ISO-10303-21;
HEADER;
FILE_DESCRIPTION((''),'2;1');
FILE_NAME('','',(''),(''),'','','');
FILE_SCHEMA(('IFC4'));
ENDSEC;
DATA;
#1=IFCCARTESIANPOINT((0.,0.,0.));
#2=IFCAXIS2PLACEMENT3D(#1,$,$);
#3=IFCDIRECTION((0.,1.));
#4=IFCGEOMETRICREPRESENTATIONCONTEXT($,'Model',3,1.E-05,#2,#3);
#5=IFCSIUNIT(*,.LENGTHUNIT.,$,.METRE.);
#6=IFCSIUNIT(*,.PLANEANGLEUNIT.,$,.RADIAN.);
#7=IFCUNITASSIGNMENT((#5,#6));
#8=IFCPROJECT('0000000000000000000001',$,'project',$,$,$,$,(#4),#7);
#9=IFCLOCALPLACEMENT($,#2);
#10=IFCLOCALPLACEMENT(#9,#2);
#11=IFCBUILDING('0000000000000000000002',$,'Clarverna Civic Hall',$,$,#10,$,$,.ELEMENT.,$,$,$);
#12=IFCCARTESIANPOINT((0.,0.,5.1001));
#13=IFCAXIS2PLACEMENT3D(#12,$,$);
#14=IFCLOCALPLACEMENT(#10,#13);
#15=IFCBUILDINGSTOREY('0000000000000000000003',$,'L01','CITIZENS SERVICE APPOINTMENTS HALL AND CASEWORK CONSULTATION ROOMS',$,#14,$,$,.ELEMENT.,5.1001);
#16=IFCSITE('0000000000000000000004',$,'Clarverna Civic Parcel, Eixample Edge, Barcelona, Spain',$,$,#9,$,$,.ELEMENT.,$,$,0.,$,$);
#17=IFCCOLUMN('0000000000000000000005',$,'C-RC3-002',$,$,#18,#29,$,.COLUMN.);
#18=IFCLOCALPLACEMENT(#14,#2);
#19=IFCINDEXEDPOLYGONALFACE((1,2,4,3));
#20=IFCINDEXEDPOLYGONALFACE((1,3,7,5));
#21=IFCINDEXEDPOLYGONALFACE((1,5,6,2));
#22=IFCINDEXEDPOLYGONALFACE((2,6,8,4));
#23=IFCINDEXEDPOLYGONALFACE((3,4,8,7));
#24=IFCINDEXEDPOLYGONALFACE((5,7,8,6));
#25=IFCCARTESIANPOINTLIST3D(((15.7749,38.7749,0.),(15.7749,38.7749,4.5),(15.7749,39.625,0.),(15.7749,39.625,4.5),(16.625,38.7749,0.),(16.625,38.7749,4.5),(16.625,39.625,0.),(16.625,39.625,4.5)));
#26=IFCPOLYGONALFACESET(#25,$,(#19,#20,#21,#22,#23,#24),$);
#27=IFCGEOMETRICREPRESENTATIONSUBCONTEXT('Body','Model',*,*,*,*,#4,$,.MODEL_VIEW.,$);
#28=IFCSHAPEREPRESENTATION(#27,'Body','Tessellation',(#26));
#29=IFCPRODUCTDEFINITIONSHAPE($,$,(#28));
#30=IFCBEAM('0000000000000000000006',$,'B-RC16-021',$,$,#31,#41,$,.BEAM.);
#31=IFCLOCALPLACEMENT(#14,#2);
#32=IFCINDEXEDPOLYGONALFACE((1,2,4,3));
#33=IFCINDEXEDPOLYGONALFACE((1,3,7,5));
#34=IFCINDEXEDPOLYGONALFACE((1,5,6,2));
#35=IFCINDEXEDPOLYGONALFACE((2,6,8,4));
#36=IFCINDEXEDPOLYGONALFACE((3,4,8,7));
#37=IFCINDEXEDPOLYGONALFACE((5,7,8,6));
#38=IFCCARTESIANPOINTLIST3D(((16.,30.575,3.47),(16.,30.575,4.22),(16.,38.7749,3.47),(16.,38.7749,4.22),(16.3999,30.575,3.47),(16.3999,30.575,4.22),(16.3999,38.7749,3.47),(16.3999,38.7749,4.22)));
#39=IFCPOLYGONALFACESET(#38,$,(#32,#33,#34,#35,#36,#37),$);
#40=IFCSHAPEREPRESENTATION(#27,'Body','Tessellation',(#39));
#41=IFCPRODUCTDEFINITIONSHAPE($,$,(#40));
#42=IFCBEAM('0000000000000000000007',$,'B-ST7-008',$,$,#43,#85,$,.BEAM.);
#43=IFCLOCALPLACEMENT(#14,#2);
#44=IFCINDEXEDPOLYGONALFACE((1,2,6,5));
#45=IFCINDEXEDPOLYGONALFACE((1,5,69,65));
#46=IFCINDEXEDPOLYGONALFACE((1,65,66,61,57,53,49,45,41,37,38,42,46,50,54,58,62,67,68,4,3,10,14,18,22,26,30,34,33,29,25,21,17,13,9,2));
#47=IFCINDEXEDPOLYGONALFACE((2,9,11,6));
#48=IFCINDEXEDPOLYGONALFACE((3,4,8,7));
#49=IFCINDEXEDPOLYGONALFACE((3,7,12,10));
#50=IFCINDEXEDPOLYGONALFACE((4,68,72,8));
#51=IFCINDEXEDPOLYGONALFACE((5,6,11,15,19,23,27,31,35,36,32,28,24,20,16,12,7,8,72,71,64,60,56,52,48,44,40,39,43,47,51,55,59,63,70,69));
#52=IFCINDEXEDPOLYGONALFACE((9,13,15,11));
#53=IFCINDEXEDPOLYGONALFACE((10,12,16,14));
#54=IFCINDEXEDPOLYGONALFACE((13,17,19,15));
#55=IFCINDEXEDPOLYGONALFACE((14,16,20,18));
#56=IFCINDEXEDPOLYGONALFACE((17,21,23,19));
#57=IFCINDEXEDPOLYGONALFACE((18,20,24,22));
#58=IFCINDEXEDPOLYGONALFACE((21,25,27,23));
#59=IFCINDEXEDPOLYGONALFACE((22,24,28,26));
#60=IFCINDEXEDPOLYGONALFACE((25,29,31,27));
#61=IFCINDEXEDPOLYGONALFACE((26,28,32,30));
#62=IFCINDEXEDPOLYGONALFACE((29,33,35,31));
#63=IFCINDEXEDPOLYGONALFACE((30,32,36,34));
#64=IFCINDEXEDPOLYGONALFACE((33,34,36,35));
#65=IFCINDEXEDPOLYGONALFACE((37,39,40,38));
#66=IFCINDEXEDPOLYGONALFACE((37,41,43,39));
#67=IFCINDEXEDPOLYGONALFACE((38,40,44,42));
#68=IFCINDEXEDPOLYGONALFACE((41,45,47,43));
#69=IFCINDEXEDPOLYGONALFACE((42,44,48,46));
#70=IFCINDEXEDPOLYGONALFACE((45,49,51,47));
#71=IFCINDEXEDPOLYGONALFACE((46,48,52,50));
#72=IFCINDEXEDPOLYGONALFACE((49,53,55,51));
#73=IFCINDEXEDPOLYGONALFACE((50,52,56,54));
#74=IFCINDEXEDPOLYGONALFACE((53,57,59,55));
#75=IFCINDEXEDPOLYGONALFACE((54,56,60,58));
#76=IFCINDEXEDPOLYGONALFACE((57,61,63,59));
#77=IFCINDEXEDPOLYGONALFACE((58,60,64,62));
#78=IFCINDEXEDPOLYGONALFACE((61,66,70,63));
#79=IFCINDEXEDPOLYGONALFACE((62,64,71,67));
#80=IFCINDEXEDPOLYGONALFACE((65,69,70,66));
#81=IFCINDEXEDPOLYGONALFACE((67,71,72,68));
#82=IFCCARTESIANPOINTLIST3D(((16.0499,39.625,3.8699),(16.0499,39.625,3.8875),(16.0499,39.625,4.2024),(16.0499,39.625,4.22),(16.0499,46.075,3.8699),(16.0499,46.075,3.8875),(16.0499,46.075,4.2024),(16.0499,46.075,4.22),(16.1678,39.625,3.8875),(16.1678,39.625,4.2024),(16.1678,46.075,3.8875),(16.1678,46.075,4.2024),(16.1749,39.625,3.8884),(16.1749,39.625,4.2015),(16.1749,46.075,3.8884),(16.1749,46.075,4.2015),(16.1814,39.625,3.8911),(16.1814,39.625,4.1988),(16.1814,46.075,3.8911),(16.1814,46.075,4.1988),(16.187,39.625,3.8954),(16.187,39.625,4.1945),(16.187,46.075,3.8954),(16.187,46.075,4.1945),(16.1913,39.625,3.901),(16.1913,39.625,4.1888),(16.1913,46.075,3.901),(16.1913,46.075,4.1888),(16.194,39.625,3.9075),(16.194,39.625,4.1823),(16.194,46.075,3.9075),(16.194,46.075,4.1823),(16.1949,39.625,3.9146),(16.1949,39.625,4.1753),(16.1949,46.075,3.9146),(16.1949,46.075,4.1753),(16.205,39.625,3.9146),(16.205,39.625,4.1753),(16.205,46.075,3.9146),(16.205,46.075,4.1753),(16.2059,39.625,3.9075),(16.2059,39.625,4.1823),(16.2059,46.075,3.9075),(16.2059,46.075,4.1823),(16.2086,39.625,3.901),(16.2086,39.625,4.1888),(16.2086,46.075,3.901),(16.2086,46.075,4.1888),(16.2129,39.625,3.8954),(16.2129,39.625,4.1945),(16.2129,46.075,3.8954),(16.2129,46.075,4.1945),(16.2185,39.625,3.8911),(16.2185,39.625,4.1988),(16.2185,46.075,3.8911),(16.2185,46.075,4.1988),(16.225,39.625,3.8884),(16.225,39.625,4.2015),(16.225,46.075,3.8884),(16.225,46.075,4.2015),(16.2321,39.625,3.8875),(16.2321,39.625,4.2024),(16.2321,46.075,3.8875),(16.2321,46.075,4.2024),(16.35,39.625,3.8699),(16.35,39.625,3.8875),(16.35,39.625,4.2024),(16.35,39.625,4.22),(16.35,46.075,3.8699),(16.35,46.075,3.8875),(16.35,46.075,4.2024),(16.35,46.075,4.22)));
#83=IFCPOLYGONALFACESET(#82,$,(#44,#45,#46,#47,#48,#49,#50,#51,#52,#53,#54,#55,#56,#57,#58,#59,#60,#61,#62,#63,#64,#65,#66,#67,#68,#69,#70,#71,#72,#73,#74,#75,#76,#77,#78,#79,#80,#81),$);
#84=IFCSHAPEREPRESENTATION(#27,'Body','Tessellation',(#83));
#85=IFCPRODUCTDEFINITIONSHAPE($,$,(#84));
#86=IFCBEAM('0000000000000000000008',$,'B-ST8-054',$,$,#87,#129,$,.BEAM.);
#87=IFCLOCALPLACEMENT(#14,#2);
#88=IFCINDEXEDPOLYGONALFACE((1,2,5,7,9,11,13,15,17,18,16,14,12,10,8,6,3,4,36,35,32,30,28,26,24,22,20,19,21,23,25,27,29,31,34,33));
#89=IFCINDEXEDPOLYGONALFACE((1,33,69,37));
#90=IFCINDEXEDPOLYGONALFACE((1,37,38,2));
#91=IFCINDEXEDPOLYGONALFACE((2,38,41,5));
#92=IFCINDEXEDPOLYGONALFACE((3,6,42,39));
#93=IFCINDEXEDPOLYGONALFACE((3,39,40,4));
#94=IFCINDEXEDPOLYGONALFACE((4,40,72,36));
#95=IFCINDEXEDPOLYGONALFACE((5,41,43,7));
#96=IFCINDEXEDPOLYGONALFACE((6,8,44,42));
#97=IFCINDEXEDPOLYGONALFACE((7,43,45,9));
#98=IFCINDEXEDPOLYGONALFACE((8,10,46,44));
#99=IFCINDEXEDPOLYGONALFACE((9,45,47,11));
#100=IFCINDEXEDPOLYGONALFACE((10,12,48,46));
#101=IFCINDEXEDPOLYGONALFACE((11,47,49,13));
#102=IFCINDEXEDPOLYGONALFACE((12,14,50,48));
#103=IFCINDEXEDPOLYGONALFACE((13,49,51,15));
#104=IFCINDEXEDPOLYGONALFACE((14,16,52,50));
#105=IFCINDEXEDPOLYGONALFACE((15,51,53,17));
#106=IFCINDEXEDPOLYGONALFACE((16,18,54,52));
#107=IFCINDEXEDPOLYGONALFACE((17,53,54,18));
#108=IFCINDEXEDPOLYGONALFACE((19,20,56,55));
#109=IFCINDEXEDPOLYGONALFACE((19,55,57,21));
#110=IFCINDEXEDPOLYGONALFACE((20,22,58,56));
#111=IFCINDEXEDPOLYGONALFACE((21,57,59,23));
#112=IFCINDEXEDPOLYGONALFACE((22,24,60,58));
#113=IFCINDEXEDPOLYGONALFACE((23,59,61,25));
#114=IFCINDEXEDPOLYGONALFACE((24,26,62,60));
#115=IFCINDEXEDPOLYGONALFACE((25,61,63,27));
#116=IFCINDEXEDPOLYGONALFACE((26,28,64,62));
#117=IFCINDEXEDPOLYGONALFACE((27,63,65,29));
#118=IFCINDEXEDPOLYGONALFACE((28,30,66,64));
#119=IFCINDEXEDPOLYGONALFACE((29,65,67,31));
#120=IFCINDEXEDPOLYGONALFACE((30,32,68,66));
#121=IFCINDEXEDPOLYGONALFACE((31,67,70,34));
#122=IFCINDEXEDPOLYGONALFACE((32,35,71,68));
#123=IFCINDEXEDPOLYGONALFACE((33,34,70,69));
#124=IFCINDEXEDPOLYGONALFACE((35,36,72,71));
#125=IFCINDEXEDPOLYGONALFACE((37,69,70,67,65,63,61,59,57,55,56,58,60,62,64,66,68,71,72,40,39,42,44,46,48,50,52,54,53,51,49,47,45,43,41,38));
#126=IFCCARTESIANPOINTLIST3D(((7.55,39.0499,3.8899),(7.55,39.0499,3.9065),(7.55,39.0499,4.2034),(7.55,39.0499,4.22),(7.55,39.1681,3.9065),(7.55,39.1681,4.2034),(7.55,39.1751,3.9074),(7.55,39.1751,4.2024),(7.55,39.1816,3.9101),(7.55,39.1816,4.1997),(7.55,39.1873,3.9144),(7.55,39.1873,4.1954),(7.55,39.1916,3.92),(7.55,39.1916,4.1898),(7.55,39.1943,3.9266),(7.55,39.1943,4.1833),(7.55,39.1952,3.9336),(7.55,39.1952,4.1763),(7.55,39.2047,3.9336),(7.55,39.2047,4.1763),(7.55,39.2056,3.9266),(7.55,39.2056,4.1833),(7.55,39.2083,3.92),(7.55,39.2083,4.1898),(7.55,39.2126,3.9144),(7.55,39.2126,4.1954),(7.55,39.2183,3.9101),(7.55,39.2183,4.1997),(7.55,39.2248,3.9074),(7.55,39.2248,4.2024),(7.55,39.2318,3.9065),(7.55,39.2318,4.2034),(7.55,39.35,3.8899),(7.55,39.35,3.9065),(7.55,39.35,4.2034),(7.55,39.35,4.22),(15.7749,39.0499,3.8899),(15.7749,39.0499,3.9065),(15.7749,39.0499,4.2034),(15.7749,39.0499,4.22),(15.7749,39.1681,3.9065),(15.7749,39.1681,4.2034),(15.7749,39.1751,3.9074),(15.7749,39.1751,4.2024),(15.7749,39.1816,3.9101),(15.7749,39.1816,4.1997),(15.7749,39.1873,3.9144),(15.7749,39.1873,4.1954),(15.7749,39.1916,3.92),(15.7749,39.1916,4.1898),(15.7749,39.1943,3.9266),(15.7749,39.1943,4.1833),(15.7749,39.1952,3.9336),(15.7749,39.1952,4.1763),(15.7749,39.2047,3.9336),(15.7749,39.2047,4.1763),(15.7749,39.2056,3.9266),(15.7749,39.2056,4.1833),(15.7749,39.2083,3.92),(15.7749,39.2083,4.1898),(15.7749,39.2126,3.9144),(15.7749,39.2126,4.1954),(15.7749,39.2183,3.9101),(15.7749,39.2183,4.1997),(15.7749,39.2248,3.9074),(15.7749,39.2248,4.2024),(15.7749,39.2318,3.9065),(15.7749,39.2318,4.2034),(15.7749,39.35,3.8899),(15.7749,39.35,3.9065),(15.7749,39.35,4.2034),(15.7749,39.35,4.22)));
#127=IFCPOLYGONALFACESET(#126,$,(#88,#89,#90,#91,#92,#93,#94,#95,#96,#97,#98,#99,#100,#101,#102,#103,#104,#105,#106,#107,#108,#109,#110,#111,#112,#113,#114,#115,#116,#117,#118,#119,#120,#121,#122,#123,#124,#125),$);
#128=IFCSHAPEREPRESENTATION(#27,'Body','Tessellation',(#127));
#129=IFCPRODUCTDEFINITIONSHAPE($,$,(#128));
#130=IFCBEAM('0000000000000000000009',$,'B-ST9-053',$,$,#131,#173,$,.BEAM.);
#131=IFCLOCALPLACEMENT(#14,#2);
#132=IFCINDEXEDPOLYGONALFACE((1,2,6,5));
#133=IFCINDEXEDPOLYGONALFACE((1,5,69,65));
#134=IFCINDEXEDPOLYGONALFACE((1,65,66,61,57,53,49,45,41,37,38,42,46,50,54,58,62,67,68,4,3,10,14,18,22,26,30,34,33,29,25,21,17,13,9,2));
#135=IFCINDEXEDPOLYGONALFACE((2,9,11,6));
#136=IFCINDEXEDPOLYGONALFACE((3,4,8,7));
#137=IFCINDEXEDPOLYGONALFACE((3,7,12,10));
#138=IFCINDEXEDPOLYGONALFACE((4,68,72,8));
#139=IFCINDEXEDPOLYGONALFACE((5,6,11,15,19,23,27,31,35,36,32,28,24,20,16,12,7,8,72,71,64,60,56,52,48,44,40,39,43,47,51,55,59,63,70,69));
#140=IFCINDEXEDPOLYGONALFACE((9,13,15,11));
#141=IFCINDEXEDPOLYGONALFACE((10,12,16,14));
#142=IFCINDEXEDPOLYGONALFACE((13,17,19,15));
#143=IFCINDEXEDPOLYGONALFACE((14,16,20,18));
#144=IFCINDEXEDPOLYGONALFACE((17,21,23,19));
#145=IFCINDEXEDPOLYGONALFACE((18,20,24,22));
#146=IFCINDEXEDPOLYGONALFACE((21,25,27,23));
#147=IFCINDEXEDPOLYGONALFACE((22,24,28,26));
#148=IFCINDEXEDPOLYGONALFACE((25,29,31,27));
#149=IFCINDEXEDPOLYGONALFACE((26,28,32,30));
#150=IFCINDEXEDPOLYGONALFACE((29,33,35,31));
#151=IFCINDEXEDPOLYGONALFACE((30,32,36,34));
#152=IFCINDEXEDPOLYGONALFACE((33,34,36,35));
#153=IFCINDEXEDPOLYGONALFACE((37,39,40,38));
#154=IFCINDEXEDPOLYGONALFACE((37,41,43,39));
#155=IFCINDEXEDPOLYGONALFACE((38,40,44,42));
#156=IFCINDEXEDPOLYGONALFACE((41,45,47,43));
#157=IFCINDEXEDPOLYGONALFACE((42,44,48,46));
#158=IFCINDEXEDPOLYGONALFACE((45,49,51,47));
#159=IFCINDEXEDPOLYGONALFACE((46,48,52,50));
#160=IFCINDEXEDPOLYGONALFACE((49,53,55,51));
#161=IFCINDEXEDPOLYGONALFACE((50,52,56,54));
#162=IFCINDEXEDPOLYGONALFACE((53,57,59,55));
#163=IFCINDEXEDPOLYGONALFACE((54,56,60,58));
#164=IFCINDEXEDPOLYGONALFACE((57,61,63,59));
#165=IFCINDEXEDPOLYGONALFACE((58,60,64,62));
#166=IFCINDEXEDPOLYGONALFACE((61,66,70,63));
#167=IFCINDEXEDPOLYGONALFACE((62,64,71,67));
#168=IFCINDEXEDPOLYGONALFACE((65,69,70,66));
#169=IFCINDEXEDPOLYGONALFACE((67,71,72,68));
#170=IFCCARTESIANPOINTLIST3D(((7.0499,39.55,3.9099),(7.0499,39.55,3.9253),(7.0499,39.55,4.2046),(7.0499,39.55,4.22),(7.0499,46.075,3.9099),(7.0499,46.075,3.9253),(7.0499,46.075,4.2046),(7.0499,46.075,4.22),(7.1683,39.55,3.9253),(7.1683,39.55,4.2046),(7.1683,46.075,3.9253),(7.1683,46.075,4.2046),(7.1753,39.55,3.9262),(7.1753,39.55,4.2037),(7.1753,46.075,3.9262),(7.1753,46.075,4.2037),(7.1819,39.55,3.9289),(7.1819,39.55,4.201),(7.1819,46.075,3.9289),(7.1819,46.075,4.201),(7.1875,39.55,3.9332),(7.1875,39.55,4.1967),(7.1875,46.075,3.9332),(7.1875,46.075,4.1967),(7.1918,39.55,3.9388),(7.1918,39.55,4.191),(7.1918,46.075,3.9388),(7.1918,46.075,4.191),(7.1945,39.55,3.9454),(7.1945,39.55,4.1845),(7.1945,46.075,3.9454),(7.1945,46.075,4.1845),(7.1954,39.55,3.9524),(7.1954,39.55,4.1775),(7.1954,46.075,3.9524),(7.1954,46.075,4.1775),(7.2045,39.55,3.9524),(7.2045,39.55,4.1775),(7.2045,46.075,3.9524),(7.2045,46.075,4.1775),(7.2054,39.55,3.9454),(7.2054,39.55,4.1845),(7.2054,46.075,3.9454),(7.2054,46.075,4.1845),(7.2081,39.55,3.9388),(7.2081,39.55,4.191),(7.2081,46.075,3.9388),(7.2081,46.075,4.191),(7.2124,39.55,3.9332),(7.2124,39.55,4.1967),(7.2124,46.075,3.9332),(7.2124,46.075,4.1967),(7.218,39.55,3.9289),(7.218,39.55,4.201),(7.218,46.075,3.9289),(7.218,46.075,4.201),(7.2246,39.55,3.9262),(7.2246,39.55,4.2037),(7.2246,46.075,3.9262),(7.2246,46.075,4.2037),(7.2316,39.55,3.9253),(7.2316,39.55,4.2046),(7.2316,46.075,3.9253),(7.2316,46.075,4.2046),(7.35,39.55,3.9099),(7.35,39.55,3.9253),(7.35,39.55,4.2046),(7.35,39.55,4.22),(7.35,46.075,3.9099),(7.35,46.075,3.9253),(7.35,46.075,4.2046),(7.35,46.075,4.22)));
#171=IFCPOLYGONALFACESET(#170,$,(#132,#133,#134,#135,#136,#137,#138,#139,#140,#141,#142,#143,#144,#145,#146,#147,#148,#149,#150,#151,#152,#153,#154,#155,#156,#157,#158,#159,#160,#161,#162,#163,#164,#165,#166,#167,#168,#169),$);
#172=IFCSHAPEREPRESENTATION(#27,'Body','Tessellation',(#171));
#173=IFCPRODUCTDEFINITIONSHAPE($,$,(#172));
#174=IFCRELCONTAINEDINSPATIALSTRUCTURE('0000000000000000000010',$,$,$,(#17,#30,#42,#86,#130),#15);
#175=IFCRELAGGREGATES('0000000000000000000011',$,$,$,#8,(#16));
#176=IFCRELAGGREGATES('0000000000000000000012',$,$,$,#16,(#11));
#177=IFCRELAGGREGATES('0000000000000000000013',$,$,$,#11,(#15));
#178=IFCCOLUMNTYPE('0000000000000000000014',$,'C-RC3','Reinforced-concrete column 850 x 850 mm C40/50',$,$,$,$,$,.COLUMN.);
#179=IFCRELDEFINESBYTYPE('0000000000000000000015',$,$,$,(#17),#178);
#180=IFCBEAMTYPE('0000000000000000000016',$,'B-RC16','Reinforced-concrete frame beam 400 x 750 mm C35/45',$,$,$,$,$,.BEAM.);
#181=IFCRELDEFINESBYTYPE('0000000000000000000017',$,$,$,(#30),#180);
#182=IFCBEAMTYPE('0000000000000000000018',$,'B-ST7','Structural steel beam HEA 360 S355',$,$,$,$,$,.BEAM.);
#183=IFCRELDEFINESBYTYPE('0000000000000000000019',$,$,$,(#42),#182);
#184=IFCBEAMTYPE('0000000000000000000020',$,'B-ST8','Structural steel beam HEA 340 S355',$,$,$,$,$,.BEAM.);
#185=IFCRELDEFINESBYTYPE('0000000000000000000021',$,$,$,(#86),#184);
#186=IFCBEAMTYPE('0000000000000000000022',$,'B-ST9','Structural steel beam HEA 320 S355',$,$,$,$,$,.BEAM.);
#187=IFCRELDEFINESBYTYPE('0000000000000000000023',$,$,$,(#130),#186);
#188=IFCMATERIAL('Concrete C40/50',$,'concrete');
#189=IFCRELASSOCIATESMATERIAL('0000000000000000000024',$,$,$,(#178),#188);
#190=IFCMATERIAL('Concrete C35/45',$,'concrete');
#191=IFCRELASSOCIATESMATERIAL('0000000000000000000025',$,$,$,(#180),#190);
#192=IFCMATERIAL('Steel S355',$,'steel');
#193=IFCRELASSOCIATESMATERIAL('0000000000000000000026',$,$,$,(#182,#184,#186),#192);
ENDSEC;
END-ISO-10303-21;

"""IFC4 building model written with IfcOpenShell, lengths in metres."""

from ifc_helpers import new_model, si_unit, direction, frame, origin, origin_2d, place, context, subcontext, project, spatial, rectangle, i_section, extrude, material, material_profile, profile_set, type_object, element, save


model = new_model("IFC4")

# Units and contexts
model_context = context("Model", 3, precision=1e-05, world=origin(), true_north=direction((0.0, 1.0)))
body_context = subcontext(model_context, "Body", "Model", "MODEL_VIEW")
ifc_project = project(units=[si_unit("LENGTHUNIT", "METRE"), si_unit("PLANEANGLEUNIT", "RADIAN")], contexts=[model_context])

# Site, building, storey
site_placement = place(None, origin())
site = spatial("IfcSite", under=ifc_project, at=site_placement, Name="Clarverna Civic Parcel, Eixample Edge, Barcelona, Spain", CompositionType="ELEMENT", RefElevation=0.0)
building_placement = place(site_placement, origin())
building = spatial("IfcBuilding", under=site, at=building_placement, Name="Clarverna Civic Hall", CompositionType="ELEMENT")
storey_placement = place(building_placement, frame((0.0, 0.0, 5.1001)))
storey = spatial("IfcBuildingStorey", under=building, at=storey_placement, Name="L01", Description="CITIZENS SERVICE APPOINTMENTS HALL AND CASEWORK CONSULTATION ROOMS", CompositionType="ELEMENT", Elevation=5.1001)

# Column
ifc_material_1 = material(Name="Concrete C40/50", Category="concrete")
ifc_material_profile_1 = material_profile(ifc_material_1, rectangle(XDim=0.8501, YDim=0.8501, at=origin_2d()), Name="RC 850x850")
ifc_profile_set_1 = profile_set([ifc_material_profile_1], Name="Concrete C40/50")
column_type = type_object("IfcColumnType", Name="C-RC3", Description="Reinforced-concrete column 850 x 850 mm C40/50", PredefinedType="COLUMN", material=ifc_profile_set_1)
column_placement = place(storey_placement, frame((16.2, 39.2, 0.0), z_axis=(0.0, 0.0, 1.0), x_axis=(1.0, 0.0, 0.0)))
element("IfcColumn", 1, at=column_placement, inside=storey, type_object=column_type, Name="C-RC3-002", PredefinedType="COLUMN", context=body_context, shape_type="SweptSolid", body=[
    extrude(rectangle(XDim=0.8501, YDim=0.8501, at=origin_2d()), origin(), (0.0, 0.0, 1.0), 4.5),
])

# Beams
ifc_material_2 = material(Name="Concrete C35/45", Category="concrete")
ifc_material_profile_2 = material_profile(ifc_material_2, rectangle(XDim=0.3999, YDim=0.75, at=origin_2d()), Name="RC 400x750")
ifc_profile_set_2 = profile_set([ifc_material_profile_2], Name="Concrete C35/45")
beam_type_1 = type_object("IfcBeamType", Name="B-RC16", Description="Reinforced-concrete frame beam 400 x 750 mm C35/45", PredefinedType="BEAM", material=ifc_profile_set_2)
beam_1_placement = place(storey_placement, frame((16.2, 30.575, 3.845), z_axis=(0.0, 1.0, 0.0), x_axis=(-1.0, 0.0, 0.0)))
element("IfcBeam", 2, at=beam_1_placement, inside=storey, type_object=beam_type_1, Name="B-RC16-021", PredefinedType="BEAM", context=body_context, shape_type="SweptSolid", body=[
    extrude(rectangle(XDim=0.3999, YDim=0.75, at=origin_2d()), origin(), (0.0, 0.0, 1.0), 8.2),
])
ifc_material_3 = material(Name="Steel S355", Category="steel")
ifc_material_profile_3 = material_profile(ifc_material_3, i_section(OverallWidth=0.3, OverallDepth=0.3501, WebThickness=0.01, FlangeThickness=0.0176, FilletRadius=0.0271, at=origin_2d()), Name="HEA 360")
ifc_profile_set_3 = profile_set([ifc_material_profile_3], Name="Steel S355")
beam_type_2 = type_object("IfcBeamType", Name="B-ST7", Description="Structural steel beam HEA 360 S355", PredefinedType="BEAM", material=ifc_profile_set_3)
beam_2_placement = place(storey_placement, frame((16.2, 39.625, 4.0449), z_axis=(0.0, 1.0, 0.0), x_axis=(-1.0, 0.0, 0.0)))
element("IfcBeam", 3, at=beam_2_placement, inside=storey, type_object=beam_type_2, Name="B-ST7-008", PredefinedType="BEAM", context=body_context, shape_type="SweptSolid", body=[
    extrude(i_section(OverallWidth=0.3, OverallDepth=0.3501, WebThickness=0.01, FlangeThickness=0.0176, FilletRadius=0.0271, at=origin_2d()), origin(), (0.0, 0.0, 1.0), 6.45),
])
ifc_material_profile_4 = material_profile(ifc_material_3, i_section(OverallWidth=0.3, OverallDepth=0.3301, WebThickness=0.0095, FlangeThickness=0.0166, FilletRadius=0.0271, at=origin_2d()), Name="HEA 340")
ifc_profile_set_4 = profile_set([ifc_material_profile_4], Name="Steel S355")
beam_type_3 = type_object("IfcBeamType", Name="B-ST8", Description="Structural steel beam HEA 340 S355", PredefinedType="BEAM", material=ifc_profile_set_4)
beam_3_placement = place(storey_placement, frame((7.55, 39.2, 4.0549), z_axis=(1.0, 0.0, 0.0), x_axis=(0.0, 1.0, 0.0)))
element("IfcBeam", 4, at=beam_3_placement, inside=storey, type_object=beam_type_3, Name="B-ST8-054", PredefinedType="BEAM", context=body_context, shape_type="SweptSolid", body=[
    extrude(i_section(OverallWidth=0.3, OverallDepth=0.3301, WebThickness=0.0095, FlangeThickness=0.0166, FilletRadius=0.0271, at=origin_2d()), origin(), (0.0, 0.0, 1.0), 8.2249),
])
ifc_material_profile_5 = material_profile(ifc_material_3, i_section(OverallWidth=0.3, OverallDepth=0.3101, WebThickness=0.009, FlangeThickness=0.0154, FilletRadius=0.0271, at=origin_2d()), Name="HEA 320")
ifc_profile_set_5 = profile_set([ifc_material_profile_5], Name="Steel S355")
beam_type_4 = type_object("IfcBeamType", Name="B-ST9", Description="Structural steel beam HEA 320 S355", PredefinedType="BEAM", material=ifc_profile_set_5)
beam_4_placement = place(storey_placement, frame((7.2, 39.55, 4.0649), z_axis=(0.0, 1.0, 0.0), x_axis=(-1.0, 0.0, 0.0)))
element("IfcBeam", 5, at=beam_4_placement, inside=storey, type_object=beam_type_4, Name="B-ST9-053", PredefinedType="BEAM", context=body_context, shape_type="SweptSolid", body=[
    extrude(i_section(OverallWidth=0.3, OverallDepth=0.3101, WebThickness=0.009, FlangeThickness=0.0154, FilletRadius=0.0271, at=origin_2d()), origin(), (0.0, 0.0, 1.0), 6.5249),
])

save(model, "model.ifc")
